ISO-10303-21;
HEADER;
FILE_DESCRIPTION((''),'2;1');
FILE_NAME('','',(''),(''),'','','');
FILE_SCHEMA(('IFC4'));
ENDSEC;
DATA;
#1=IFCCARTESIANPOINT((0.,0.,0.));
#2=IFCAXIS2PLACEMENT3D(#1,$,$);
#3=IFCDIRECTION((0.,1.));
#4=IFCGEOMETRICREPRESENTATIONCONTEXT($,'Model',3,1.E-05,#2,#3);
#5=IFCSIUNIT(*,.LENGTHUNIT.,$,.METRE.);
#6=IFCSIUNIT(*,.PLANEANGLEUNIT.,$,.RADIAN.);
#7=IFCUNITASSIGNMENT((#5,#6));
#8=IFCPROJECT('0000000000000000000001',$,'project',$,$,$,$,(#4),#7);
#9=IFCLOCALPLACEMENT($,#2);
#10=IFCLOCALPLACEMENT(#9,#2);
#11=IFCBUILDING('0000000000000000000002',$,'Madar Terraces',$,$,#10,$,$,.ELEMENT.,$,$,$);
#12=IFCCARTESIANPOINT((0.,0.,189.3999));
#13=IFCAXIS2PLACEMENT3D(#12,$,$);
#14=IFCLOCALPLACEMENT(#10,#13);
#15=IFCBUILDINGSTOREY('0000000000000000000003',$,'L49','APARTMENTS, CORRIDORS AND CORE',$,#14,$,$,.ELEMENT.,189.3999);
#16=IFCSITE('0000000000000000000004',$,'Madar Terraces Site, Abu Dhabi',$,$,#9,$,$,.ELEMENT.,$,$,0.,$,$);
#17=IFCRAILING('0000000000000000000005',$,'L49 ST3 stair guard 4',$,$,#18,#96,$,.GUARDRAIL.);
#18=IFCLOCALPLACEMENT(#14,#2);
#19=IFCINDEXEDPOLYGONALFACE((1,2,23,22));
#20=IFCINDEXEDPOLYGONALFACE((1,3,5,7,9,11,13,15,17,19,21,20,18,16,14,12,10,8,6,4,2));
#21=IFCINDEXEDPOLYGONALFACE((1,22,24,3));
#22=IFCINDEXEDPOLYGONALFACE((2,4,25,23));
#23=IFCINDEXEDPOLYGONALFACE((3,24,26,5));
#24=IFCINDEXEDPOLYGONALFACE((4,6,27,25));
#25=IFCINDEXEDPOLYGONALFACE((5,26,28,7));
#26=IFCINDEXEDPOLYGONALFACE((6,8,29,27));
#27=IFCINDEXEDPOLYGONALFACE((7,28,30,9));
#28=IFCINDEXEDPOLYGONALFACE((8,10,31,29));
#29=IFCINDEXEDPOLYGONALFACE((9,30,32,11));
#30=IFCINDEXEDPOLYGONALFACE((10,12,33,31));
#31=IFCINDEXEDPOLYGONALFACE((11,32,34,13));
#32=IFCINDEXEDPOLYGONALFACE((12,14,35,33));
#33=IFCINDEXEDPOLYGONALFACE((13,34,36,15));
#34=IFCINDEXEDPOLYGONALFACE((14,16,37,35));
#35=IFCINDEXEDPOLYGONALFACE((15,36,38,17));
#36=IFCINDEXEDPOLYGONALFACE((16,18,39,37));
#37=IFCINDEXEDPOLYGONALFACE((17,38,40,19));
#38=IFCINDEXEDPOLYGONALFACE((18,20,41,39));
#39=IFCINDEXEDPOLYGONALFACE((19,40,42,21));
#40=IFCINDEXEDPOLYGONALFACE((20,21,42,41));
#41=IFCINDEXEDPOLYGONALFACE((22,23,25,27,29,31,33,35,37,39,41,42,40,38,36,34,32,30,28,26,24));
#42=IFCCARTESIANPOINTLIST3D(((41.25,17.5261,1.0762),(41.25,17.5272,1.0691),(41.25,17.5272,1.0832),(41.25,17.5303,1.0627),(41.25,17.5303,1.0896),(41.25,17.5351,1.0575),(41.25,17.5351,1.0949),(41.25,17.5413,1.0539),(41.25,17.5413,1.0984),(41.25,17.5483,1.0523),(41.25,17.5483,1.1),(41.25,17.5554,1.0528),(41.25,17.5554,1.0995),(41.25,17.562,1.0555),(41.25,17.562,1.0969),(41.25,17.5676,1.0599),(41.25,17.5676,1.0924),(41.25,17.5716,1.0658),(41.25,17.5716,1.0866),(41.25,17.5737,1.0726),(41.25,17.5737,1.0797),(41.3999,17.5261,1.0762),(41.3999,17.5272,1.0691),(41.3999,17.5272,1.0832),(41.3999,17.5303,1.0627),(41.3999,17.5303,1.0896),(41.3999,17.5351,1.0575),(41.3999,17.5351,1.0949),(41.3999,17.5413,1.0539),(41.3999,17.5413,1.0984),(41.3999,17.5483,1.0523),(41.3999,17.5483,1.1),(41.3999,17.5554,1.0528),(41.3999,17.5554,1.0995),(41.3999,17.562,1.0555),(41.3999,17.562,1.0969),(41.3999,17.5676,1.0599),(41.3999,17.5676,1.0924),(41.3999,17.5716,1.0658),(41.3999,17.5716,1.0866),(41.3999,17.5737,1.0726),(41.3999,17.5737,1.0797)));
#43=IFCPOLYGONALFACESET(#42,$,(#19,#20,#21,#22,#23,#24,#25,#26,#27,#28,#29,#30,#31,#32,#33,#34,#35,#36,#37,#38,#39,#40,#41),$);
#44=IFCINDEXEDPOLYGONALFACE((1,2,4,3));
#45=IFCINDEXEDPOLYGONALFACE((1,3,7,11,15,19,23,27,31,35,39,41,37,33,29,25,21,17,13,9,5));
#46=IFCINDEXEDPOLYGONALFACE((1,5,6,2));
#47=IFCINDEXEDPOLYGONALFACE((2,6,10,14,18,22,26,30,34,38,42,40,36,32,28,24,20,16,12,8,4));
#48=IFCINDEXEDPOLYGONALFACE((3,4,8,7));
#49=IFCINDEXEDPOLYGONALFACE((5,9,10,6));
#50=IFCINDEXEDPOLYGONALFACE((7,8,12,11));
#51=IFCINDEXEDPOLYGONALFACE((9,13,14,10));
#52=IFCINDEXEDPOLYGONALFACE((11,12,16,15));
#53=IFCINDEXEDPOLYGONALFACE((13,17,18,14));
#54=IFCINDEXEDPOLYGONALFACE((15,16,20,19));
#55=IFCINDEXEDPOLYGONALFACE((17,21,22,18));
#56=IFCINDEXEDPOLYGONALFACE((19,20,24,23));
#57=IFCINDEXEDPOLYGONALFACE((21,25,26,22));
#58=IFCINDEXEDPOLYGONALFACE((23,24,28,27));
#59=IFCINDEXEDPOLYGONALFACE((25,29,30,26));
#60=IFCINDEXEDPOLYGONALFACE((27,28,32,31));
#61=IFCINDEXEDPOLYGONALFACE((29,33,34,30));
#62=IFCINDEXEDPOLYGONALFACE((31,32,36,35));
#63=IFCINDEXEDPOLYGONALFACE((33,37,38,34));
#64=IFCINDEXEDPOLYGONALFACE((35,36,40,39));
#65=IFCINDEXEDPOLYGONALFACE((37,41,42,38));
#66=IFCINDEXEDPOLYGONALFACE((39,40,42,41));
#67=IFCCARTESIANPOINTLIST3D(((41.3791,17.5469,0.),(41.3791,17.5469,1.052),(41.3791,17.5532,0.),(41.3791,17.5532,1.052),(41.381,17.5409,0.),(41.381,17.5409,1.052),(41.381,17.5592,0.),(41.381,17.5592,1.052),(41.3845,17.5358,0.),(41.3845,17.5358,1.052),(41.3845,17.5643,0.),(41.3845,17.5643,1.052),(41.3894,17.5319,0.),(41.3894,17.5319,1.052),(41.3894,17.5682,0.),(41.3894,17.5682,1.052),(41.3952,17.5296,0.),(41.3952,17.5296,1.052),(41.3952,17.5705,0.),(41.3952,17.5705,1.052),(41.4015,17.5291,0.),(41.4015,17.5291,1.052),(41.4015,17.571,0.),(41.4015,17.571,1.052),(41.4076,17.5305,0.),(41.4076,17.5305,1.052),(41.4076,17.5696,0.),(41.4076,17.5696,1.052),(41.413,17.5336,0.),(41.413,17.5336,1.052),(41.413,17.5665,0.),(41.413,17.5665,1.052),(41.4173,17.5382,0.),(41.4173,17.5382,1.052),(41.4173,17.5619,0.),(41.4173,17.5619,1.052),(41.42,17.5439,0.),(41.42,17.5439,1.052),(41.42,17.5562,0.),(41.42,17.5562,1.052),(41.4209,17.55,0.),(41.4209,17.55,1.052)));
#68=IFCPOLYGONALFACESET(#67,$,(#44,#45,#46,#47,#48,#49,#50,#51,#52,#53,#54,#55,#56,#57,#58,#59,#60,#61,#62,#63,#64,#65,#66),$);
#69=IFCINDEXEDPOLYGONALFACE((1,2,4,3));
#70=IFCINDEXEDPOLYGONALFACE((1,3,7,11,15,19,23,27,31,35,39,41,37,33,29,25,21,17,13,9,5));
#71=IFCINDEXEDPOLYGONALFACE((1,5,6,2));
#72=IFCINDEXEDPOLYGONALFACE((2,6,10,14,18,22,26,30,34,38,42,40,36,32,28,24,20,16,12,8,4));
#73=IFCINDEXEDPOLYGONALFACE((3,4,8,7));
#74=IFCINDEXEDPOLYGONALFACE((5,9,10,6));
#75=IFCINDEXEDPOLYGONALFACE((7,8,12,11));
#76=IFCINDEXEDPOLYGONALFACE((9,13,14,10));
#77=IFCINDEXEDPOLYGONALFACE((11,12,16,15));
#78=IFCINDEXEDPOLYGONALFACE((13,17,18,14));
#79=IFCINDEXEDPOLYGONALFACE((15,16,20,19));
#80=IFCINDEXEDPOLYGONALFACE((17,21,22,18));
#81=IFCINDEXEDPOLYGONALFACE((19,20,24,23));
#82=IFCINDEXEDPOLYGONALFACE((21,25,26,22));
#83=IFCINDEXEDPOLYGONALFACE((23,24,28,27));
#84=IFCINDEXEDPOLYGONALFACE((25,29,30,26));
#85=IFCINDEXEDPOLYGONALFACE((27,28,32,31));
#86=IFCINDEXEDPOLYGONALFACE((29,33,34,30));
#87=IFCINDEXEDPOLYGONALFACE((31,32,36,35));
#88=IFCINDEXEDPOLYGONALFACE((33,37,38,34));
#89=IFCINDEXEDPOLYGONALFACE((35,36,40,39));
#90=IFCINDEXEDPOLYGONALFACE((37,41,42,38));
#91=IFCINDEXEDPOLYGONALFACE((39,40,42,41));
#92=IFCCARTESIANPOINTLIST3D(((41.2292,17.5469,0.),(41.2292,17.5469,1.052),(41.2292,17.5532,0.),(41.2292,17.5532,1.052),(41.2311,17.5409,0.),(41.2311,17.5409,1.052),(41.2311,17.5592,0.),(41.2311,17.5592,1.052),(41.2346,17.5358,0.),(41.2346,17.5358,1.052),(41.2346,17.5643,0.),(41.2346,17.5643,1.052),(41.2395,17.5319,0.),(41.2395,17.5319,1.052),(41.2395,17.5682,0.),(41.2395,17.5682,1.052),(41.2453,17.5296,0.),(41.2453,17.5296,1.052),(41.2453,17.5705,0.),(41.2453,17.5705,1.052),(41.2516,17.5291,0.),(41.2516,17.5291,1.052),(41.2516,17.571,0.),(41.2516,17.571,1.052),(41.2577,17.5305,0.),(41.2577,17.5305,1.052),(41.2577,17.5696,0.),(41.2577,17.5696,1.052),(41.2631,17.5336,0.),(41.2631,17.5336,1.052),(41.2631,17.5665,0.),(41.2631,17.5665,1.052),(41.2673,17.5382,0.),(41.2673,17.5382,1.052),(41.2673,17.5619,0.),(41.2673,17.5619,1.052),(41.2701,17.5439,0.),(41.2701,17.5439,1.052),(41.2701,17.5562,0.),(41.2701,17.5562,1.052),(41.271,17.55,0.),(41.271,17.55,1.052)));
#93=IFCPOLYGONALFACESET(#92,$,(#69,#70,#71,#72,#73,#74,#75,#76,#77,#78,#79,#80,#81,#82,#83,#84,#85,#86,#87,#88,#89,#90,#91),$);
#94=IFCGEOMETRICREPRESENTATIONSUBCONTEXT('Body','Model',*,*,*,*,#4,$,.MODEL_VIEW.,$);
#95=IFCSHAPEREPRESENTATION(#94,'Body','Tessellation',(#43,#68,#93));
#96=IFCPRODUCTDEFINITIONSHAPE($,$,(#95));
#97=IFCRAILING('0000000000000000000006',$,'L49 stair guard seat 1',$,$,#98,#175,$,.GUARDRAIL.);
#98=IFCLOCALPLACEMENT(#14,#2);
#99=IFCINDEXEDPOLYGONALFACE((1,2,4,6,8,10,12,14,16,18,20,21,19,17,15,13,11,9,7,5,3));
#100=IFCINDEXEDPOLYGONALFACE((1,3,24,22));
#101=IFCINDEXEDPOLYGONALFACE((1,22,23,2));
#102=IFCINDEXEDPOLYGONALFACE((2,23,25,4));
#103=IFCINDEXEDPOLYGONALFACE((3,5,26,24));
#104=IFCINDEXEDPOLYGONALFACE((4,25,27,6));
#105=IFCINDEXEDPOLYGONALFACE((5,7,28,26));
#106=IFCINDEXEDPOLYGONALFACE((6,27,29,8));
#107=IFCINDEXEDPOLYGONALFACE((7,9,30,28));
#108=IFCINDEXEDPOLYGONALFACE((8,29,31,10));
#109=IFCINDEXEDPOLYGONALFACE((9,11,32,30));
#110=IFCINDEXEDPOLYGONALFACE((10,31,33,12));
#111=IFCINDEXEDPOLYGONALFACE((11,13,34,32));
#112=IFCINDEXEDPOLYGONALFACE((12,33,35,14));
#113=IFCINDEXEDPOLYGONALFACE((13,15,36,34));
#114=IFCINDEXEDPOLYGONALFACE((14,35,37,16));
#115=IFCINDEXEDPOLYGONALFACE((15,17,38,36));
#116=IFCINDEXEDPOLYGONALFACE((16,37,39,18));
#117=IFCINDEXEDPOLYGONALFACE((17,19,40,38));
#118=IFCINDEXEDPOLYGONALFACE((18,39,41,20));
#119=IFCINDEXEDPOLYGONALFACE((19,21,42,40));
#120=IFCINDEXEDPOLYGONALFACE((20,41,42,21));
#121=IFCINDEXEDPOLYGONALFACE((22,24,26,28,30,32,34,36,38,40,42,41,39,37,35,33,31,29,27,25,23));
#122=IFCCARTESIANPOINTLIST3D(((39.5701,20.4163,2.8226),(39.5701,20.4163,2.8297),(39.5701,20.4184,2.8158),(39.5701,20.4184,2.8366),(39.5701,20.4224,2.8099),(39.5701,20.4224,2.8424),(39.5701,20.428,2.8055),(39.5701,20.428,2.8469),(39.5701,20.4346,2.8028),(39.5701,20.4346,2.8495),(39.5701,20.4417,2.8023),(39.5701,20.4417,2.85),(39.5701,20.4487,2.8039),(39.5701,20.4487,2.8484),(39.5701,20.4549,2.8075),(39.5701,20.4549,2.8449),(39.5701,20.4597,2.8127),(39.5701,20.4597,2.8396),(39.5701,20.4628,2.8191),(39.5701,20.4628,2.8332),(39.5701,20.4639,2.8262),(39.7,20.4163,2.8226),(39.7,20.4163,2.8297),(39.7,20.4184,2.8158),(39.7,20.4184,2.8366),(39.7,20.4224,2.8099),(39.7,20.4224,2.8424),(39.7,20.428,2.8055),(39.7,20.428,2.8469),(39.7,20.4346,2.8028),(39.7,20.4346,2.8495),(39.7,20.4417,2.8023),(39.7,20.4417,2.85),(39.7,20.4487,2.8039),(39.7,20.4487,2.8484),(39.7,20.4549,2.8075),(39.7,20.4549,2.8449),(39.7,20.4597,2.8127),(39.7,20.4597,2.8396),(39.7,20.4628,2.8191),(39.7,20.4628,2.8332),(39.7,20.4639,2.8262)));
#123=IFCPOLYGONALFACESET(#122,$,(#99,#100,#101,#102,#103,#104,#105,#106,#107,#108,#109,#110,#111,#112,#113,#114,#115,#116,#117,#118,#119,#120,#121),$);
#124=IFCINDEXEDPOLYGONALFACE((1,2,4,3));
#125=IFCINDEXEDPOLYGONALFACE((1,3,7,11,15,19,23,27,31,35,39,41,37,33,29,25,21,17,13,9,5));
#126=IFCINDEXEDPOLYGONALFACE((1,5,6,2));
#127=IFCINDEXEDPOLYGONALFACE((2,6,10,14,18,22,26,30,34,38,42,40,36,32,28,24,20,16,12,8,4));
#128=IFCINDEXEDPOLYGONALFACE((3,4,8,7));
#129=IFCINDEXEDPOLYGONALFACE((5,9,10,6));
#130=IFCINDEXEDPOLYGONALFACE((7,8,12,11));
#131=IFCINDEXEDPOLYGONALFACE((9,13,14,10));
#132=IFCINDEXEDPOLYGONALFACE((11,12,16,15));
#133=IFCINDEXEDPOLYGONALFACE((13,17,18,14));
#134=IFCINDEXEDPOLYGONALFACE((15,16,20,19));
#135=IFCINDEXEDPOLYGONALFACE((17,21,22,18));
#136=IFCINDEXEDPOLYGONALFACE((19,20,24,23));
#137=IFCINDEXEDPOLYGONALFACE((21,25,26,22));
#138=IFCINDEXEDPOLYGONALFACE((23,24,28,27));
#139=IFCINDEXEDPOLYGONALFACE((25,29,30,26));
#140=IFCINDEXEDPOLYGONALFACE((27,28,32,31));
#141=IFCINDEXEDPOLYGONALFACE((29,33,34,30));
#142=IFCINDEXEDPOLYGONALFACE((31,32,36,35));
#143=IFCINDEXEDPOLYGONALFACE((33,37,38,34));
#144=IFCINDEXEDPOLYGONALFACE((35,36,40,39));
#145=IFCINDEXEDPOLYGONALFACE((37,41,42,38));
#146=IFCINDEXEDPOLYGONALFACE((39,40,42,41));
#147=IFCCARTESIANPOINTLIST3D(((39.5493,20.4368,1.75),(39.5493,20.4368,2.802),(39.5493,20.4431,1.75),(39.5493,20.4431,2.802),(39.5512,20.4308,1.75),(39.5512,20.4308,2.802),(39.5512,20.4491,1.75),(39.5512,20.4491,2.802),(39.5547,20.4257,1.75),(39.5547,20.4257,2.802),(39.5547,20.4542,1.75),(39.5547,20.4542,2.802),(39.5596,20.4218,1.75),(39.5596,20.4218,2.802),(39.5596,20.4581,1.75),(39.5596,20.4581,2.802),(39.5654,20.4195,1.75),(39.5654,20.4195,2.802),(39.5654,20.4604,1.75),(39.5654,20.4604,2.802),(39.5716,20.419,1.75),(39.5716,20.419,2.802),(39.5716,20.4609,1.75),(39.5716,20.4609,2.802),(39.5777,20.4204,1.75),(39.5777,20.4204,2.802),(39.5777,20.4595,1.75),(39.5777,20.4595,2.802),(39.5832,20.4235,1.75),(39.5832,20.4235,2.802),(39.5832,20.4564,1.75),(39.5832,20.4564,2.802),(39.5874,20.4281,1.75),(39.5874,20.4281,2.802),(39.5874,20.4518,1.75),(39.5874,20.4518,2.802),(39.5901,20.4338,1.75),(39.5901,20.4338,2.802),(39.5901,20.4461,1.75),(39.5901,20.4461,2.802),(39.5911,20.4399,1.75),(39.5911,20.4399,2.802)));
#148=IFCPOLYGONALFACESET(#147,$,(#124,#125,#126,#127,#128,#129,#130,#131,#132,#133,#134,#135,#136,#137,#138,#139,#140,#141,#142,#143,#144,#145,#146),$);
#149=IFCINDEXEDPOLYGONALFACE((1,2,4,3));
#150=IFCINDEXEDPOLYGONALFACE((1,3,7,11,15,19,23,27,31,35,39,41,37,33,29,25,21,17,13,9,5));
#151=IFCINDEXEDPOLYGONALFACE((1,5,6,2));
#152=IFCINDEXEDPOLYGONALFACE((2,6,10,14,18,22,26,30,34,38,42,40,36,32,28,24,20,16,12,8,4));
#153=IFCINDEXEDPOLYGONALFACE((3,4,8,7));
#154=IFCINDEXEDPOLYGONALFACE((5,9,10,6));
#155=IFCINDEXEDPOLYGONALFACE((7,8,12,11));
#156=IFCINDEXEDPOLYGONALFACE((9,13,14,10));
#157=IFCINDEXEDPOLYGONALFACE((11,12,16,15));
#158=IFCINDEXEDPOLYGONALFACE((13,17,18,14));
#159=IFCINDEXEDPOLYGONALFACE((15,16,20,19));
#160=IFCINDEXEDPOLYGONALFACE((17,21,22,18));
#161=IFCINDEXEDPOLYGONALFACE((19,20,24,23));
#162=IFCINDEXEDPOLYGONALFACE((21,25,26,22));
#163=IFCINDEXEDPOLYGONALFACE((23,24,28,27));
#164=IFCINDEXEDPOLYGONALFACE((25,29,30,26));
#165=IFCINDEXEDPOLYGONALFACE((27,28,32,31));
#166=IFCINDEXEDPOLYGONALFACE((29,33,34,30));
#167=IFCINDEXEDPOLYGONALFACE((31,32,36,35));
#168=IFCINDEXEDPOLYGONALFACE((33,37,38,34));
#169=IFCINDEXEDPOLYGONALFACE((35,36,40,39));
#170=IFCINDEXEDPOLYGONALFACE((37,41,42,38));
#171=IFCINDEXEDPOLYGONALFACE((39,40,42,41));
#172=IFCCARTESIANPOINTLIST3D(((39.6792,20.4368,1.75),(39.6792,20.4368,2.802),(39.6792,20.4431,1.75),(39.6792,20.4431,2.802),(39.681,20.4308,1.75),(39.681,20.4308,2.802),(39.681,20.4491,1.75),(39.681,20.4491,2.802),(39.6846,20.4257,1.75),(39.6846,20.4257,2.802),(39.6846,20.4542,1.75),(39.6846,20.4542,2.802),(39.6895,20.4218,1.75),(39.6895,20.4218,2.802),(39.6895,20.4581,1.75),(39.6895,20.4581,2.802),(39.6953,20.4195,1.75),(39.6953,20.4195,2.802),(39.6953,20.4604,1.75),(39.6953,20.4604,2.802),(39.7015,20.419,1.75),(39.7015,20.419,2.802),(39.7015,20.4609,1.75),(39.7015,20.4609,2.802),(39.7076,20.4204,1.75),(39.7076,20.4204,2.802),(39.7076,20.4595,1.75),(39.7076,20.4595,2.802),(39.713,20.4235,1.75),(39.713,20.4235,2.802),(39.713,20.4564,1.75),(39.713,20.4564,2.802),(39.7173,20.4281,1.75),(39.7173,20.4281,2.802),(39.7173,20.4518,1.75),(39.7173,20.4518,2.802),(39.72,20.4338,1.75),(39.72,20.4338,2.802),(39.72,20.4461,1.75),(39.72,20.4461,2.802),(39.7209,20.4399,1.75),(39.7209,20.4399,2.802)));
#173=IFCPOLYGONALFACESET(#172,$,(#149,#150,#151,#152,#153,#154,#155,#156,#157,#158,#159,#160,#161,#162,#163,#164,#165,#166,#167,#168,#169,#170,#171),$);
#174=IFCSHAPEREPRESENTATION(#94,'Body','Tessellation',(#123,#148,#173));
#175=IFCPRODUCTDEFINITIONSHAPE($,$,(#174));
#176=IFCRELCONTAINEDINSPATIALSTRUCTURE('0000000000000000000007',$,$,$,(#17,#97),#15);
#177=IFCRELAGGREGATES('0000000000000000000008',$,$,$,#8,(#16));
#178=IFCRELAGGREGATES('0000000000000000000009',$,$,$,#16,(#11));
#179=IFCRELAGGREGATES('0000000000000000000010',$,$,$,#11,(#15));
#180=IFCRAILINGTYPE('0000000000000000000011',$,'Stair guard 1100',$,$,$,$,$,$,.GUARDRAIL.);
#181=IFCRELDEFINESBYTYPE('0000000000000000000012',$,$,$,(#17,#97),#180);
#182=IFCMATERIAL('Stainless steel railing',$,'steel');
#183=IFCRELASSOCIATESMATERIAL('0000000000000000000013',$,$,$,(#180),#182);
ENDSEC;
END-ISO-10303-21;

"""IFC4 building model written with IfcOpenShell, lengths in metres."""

from ifc_helpers import new_model, si_unit, direction, frame, origin, origin_2d, place, context, subcontext, project, spatial, circle, extrude, material, type_object, element, save


model = new_model("IFC4")

# Units and contexts
model_context = context("Model", 3, precision=1e-05, world=origin(), true_north=direction((0.0, 1.0)))
body_context = subcontext(model_context, "Body", "Model", "MODEL_VIEW")
ifc_project = project(units=[si_unit("LENGTHUNIT", "METRE"), si_unit("PLANEANGLEUNIT", "RADIAN")], contexts=[model_context])

# Site, building, storey
site_placement = place(None, origin())
site = spatial("IfcSite", under=ifc_project, at=site_placement, Name="Madar Terraces Site, Abu Dhabi", CompositionType="ELEMENT", RefElevation=0.0)
building_placement = place(site_placement, origin())
building = spatial("IfcBuilding", under=site, at=building_placement, Name="Madar Terraces", CompositionType="ELEMENT")
storey_placement = place(building_placement, frame((0.0, 0.0, 189.3999)))
storey = spatial("IfcBuildingStorey", under=building, at=storey_placement, Name="L49", Description="APARTMENTS, CORRIDORS AND CORE", CompositionType="ELEMENT", Elevation=189.3999)

# Railings
ifc_material_1 = material(Name="Stainless steel railing", Category="steel")
railing_type_1 = type_object("IfcRailingType", Name="Stair guard 1100", PredefinedType="GUARDRAIL", material=ifc_material_1)
railing_1_placement = place(storey_placement, frame((41.3999, 17.55, 0.0)))
element("IfcRailing", 1, at=railing_1_placement, inside=storey, type_object=railing_type_1, Name="L49 ST3 stair guard 4", PredefinedType="GUARDRAIL", context=body_context, shape_type="SweptSolid", body=[
    extrude(circle(Radius=0.0239, at=origin_2d()), frame((0.0, 0.0, 1.0762), z_axis=(-1.0, 0.0, 0.0), x_axis=(0.0, -1.0, 0.0)), (0.0, 0.0, 1.0), 0.1499),
    extrude(circle(Radius=0.021, at=origin_2d()), origin(), (0.0, 0.0, 1.0), 1.052),
    extrude(circle(Radius=0.021, at=origin_2d()), frame((-0.1499, 0.0, 0.0)), (0.0, 0.0, 1.0), 1.052),
])
railing_2_placement = place(storey_placement, frame((39.5701, 20.4399, 1.75)))
element("IfcRailing", 2, at=railing_2_placement, inside=storey, type_object=railing_type_1, Name="L49 stair guard seat 1", PredefinedType="GUARDRAIL", context=body_context, shape_type="SweptSolid", body=[
    extrude(circle(Radius=0.0239, at=origin_2d()), frame((0.0, 0.0, 1.0762), z_axis=(1.0, 0.0, 0.0), x_axis=(0.0, 1.0, 0.0)), (0.0, 0.0, 1.0), 0.1299),
    extrude(circle(Radius=0.021, at=origin_2d()), origin(), (0.0, 0.0, 1.0), 1.052),
    extrude(circle(Radius=0.021, at=origin_2d()), frame((0.1299, 0.0, 0.0)), (0.0, 0.0, 1.0), 1.052),
])

save(model, "model.ifc")
